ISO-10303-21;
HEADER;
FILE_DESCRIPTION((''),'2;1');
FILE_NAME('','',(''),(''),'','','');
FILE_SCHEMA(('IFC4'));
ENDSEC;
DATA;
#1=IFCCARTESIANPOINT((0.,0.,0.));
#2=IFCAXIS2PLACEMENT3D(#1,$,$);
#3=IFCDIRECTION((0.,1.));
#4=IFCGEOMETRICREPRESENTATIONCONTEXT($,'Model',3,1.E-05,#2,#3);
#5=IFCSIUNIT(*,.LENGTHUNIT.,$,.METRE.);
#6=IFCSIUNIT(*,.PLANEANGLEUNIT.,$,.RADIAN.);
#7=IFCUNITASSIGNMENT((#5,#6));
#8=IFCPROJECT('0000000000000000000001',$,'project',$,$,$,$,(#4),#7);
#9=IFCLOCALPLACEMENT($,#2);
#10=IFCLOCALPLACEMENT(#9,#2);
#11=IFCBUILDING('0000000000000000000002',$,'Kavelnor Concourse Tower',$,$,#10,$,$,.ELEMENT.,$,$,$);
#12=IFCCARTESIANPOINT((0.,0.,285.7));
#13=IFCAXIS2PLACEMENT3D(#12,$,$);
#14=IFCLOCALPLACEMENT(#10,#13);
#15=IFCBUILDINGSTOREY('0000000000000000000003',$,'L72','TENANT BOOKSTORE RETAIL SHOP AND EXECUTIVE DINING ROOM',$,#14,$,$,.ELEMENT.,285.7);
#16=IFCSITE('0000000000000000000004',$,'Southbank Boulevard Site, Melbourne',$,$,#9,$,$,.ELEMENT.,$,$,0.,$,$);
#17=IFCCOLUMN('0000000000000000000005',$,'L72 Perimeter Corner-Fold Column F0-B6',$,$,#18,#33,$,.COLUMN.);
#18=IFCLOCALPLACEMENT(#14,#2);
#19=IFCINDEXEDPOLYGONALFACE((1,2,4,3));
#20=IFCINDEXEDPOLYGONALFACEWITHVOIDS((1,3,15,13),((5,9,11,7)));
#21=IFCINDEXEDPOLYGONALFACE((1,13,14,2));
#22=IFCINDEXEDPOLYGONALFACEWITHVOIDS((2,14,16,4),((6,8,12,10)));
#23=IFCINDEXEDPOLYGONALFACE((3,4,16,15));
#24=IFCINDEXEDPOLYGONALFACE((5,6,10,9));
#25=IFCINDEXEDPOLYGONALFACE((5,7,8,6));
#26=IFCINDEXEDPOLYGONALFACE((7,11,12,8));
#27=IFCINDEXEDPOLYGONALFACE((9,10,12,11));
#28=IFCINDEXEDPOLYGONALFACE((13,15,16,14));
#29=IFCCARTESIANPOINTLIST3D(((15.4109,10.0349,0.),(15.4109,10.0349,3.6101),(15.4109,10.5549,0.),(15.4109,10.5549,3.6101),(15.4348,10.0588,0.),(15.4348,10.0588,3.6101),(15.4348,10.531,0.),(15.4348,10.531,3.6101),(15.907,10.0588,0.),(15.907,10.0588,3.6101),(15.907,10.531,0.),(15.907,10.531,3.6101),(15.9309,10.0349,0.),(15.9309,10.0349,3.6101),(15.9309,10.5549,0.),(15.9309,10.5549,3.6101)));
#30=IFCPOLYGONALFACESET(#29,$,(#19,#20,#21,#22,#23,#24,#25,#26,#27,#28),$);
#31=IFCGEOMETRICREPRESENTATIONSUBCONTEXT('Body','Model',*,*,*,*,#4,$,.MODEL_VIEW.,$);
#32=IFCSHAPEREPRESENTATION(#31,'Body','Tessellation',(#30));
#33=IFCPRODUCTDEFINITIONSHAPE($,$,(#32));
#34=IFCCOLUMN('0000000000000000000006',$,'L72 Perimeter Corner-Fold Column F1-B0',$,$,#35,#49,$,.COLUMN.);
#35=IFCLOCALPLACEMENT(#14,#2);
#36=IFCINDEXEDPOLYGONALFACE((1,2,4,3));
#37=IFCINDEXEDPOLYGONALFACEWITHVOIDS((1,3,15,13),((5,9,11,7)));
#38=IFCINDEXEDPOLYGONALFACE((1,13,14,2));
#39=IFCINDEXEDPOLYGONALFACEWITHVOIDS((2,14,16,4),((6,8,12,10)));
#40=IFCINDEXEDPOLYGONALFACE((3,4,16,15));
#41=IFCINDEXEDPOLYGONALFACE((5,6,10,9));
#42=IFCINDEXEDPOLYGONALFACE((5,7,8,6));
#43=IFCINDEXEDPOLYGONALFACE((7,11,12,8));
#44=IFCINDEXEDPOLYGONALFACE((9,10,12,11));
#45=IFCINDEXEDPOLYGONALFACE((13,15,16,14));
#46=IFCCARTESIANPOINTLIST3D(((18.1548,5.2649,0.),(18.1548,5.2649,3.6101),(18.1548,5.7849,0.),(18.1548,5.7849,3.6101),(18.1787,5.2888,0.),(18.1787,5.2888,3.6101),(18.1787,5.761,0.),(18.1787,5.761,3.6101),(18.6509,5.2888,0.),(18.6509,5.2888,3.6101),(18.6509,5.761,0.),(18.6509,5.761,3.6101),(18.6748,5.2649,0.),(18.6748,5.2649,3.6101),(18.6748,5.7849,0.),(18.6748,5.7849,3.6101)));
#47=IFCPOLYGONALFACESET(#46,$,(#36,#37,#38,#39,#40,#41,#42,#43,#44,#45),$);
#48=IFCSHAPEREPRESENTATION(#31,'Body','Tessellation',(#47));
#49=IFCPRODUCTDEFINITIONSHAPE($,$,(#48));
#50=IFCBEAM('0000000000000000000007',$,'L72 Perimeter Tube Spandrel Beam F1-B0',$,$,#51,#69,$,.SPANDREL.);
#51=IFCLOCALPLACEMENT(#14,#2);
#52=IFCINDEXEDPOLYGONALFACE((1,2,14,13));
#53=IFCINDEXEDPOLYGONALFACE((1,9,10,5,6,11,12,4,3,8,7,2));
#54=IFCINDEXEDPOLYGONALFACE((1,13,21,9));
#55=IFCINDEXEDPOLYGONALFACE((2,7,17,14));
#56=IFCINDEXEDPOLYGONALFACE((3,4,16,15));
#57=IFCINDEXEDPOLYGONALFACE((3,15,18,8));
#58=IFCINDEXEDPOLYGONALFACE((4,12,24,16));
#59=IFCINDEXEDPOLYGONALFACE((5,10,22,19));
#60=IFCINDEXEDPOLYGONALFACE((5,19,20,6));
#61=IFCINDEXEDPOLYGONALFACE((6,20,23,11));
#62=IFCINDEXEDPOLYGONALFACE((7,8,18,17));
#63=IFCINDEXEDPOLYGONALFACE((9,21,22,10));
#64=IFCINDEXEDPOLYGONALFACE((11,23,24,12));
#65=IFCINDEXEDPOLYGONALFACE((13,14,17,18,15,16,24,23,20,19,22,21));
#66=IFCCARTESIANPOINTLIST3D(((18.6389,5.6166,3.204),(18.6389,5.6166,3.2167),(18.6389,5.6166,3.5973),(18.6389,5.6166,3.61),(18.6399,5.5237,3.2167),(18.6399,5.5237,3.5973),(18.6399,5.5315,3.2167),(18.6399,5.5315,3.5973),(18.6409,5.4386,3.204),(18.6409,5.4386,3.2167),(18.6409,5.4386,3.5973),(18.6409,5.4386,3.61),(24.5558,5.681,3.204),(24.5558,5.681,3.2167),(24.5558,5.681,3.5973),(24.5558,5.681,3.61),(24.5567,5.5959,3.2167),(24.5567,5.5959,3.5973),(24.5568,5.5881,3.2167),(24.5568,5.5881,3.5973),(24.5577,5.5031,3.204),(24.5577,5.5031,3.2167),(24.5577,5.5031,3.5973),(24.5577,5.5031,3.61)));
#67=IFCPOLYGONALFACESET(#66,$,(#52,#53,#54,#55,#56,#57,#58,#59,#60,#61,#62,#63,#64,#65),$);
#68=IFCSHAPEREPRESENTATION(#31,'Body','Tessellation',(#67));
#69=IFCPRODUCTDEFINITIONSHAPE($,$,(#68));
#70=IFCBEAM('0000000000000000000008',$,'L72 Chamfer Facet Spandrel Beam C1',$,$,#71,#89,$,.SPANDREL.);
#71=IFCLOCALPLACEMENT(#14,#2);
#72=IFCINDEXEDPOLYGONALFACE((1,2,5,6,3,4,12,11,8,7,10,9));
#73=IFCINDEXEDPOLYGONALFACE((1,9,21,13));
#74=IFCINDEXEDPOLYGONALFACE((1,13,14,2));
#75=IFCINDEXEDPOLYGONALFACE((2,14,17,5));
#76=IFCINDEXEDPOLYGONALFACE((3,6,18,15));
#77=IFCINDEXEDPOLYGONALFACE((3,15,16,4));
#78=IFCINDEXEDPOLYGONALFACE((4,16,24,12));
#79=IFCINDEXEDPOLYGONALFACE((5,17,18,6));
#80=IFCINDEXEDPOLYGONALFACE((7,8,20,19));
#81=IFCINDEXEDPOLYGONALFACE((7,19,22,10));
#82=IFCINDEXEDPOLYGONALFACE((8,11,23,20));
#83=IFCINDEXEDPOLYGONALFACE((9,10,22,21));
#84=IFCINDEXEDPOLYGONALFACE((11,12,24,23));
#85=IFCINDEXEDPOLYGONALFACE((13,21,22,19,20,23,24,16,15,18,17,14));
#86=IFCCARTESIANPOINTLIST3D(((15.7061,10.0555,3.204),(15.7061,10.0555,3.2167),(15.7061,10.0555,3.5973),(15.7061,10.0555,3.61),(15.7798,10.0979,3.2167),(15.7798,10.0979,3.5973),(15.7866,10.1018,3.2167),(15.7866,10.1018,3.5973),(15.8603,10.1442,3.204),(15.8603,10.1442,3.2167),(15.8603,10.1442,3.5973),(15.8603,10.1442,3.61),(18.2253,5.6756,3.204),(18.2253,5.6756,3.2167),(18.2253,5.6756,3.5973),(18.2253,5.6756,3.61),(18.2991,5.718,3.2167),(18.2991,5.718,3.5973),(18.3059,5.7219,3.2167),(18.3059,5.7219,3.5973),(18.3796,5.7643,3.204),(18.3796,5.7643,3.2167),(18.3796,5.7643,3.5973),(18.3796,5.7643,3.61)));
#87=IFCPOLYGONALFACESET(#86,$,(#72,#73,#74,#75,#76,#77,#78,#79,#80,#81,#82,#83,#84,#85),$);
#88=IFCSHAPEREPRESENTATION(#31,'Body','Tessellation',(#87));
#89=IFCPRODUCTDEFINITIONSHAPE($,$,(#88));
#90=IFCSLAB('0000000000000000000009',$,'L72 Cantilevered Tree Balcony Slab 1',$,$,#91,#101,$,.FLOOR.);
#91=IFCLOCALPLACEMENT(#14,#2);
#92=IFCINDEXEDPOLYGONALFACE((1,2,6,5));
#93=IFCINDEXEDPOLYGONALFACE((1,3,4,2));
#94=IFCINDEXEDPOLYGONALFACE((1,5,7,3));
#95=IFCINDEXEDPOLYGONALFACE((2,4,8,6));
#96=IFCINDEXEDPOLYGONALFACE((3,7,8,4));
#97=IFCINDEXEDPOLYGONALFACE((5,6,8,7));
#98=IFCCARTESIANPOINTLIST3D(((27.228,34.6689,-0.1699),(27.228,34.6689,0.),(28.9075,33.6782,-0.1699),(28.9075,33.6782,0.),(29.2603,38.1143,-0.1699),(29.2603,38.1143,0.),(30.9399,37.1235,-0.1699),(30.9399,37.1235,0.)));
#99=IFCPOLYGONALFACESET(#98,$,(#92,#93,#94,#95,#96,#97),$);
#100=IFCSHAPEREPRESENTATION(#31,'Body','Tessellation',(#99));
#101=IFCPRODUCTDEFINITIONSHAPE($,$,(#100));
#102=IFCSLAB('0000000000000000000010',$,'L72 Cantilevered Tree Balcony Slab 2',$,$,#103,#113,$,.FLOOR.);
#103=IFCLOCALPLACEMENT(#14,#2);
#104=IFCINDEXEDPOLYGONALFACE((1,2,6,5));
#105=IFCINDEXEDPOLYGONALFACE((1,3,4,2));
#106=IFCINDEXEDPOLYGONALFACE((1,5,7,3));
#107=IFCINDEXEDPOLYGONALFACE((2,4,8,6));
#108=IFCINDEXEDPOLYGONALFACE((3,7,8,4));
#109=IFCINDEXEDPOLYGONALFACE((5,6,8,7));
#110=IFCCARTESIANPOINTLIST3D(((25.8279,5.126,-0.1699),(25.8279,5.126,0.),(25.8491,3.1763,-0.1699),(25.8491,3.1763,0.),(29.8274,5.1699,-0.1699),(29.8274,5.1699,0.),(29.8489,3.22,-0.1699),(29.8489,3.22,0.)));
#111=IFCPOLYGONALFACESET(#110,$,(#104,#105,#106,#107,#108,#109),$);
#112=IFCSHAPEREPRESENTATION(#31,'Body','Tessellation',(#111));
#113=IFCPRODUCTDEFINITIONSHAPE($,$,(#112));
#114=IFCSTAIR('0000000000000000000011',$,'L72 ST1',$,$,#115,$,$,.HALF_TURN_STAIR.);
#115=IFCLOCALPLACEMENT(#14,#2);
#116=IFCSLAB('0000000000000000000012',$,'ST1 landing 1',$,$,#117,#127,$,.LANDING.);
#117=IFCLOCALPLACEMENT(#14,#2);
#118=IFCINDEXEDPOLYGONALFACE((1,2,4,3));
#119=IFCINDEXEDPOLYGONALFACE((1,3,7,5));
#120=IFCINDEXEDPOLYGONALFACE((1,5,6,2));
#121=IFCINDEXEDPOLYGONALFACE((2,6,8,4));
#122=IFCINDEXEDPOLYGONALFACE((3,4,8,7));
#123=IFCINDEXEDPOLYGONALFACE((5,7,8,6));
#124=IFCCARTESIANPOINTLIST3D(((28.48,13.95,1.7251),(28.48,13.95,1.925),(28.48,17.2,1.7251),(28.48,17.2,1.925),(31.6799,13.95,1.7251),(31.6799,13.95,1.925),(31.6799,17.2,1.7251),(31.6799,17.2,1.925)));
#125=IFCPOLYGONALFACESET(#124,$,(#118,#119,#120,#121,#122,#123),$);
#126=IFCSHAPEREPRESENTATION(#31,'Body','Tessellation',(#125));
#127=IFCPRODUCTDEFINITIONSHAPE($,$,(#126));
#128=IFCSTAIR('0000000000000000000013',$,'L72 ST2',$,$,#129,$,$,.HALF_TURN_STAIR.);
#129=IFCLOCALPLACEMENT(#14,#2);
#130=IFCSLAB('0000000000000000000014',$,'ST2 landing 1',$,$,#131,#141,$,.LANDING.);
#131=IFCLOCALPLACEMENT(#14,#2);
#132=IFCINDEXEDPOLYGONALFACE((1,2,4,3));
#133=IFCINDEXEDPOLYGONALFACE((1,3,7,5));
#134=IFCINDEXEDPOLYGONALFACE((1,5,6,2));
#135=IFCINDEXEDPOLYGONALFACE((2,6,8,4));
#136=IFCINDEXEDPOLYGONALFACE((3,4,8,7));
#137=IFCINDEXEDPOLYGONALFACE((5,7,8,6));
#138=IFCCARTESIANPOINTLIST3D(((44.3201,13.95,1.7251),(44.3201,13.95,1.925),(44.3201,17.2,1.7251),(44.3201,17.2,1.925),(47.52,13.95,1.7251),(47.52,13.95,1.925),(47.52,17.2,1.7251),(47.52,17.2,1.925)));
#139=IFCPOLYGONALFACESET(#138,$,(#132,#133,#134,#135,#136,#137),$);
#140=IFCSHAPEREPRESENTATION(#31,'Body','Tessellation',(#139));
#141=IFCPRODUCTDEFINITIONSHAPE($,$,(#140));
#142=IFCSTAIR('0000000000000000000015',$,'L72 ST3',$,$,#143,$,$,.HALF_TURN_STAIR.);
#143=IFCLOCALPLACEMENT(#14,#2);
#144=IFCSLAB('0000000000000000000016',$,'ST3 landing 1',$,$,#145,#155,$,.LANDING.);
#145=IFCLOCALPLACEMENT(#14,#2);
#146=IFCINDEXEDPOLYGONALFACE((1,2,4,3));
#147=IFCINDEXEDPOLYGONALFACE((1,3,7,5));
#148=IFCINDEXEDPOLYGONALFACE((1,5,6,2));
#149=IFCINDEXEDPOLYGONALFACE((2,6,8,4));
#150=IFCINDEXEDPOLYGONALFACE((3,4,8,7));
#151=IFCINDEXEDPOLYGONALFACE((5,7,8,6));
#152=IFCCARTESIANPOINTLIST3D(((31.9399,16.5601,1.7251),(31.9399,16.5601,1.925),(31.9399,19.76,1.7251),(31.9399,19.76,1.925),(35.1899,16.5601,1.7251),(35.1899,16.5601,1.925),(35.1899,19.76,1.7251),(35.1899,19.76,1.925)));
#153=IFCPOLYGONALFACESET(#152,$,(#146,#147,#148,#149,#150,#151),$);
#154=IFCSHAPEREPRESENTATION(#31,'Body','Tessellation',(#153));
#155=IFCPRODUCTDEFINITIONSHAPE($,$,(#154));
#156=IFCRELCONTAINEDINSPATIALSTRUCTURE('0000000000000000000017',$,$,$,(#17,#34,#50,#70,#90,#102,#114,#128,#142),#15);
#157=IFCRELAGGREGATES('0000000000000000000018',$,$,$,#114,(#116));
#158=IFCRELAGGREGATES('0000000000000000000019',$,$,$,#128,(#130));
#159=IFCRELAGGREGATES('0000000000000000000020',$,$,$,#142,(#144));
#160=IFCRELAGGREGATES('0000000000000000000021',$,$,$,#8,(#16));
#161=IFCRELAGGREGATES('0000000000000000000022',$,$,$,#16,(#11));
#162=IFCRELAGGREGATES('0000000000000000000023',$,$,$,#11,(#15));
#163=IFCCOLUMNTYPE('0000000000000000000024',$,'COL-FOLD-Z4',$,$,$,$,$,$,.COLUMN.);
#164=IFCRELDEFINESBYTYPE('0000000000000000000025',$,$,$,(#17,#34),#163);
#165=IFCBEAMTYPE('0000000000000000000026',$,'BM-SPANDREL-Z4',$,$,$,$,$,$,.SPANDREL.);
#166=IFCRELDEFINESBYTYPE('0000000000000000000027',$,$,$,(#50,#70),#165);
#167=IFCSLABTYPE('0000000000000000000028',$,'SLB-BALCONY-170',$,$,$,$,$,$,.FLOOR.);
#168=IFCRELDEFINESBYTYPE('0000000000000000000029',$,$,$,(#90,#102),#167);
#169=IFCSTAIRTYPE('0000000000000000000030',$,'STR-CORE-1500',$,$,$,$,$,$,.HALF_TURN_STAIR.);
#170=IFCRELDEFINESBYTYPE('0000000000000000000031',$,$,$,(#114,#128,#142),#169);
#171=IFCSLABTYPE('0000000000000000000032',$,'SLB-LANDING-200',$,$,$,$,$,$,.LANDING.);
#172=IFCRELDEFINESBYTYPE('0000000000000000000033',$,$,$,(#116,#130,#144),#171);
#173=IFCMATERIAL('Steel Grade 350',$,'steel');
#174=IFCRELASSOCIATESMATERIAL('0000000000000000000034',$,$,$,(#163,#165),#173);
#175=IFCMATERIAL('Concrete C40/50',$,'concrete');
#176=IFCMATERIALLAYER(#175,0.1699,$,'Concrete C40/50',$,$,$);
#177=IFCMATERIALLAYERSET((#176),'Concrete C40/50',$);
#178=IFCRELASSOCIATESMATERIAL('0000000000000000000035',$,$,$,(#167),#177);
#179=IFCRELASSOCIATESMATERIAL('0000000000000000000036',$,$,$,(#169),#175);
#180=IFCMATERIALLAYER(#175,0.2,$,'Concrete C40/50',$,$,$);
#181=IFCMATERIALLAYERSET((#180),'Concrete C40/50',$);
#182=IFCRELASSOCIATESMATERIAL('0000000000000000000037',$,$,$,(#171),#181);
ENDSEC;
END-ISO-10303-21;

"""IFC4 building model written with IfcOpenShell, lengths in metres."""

from ifc_helpers import new_model, si_unit, direction, frame, origin, origin_2d, place, context, subcontext, project, spatial, polyline, hollow_rectangle, i_section, outline, extrude, material, layer, layer_set, material_profile, profile_set, type_object, element, aggregate, save


model = new_model("IFC4")

# Units and contexts
model_context = context("Model", 3, precision=1e-05, world=origin(), true_north=direction((0.0, 1.0)))
body_context = subcontext(model_context, "Body", "Model", "MODEL_VIEW")
ifc_project = project(units=[si_unit("LENGTHUNIT", "METRE"), si_unit("PLANEANGLEUNIT", "RADIAN")], contexts=[model_context])

# Site, building, storey
site_placement = place(None, origin())
site = spatial("IfcSite", under=ifc_project, at=site_placement, Name="Southbank Boulevard Site, Melbourne", CompositionType="ELEMENT", RefElevation=0.0)
building_placement = place(site_placement, origin())
building = spatial("IfcBuilding", under=site, at=building_placement, Name="Kavelnor Concourse Tower", CompositionType="ELEMENT")
storey_placement = place(building_placement, frame((0.0, 0.0, 285.7)))
storey = spatial("IfcBuildingStorey", under=building, at=storey_placement, Name="L72", Description="TENANT BOOKSTORE RETAIL SHOP AND EXECUTIVE DINING ROOM", CompositionType="ELEMENT", Elevation=285.7)

# Columns
ifc_material_1 = material(Name="Steel Grade 350", Category="steel")
ifc_material_profile_1 = material_profile(ifc_material_1, hollow_rectangle(XDim=0.52, YDim=0.52, WallThickness=0.0239, at=origin_2d()), Name="SHS 520x520x24")
ifc_profile_set_1 = profile_set([ifc_material_profile_1], Name="Steel Grade 350")
column_type = type_object("IfcColumnType", Name="COL-FOLD-Z4", PredefinedType="COLUMN", material=ifc_profile_set_1)
for number, where, z_axis, x_axis, name in (
    (1, (15.6709, 10.2949, 0.0), (0.0, 0.0, 1.0), (1.0, 0.0, 0.0), "L72 Perimeter Corner-Fold Column F0-B6"),
    (2, (18.4148, 5.5249, 0.0), (0.0, 0.0, 1.0), (1.0, 0.0, 0.0), "L72 Perimeter Corner-Fold Column F1-B0"),
):
    element("IfcColumn", number, at=place(storey_placement, frame(where, z_axis=z_axis, x_axis=x_axis)), inside=storey, type_object=column_type, Name=name, PredefinedType="COLUMN", context=body_context, shape_type="SweptSolid", body=[
        extrude(hollow_rectangle(XDim=0.52, YDim=0.52, WallThickness=0.0239, at=origin_2d()), origin(), (0.0, 0.0, 1.0), 3.6101),
    ])

# Beams
ifc_material_profile_2 = material_profile(ifc_material_1, i_section(OverallWidth=0.178, OverallDepth=0.406, WebThickness=0.0078, FlangeThickness=0.0127, at=origin_2d()), Name="410UB59")
ifc_profile_set_2 = profile_set([ifc_material_profile_2], Name="Steel Grade 350")
beam_type = type_object("IfcBeamType", Name="BM-SPANDREL-Z4", PredefinedType="SPANDREL", material=ifc_profile_set_2)
beam_1_placement = place(storey_placement, frame((18.6399, 5.5276, 3.407), z_axis=(0.999941, 0.010892, 0.0), x_axis=(-0.010892, 0.999941, 0.0)))
element("IfcBeam", 3, at=beam_1_placement, inside=storey, type_object=beam_type, Name="L72 Perimeter Tube Spandrel Beam F1-B0", PredefinedType="SPANDREL", context=body_context, shape_type="SweptSolid", body=[
    extrude(i_section(OverallWidth=0.178, OverallDepth=0.406, WebThickness=0.0078, FlangeThickness=0.0127, at=origin_2d()), origin(), (0.0, 0.0, 1.0), 5.9172),
])
beam_2_placement = place(storey_placement, frame((15.7832, 10.0999, 3.407), z_axis=(0.498598, -0.866833, 0.0), x_axis=(0.866833, 0.498598, 0.0)))
element("IfcBeam", 4, at=beam_2_placement, inside=storey, type_object=beam_type, Name="L72 Chamfer Facet Spandrel Beam C1", PredefinedType="SPANDREL", context=body_context, shape_type="SweptSolid", body=[
    extrude(i_section(OverallWidth=0.178, OverallDepth=0.406, WebThickness=0.0078, FlangeThickness=0.0127, at=origin_2d()), origin(), (0.0, 0.0, 1.0), 5.0527),
])

# Slabs
ifc_material_2 = material(Name="Concrete C40/50", Category="concrete")
ifc_layer_1 = layer(ifc_material_2, 0.1699, Name="Concrete C40/50")
ifc_layer_set_1 = layer_set([ifc_layer_1], Name="Concrete C40/50")
slab_type_1 = type_object("IfcSlabType", Name="SLB-BALCONY-170", PredefinedType="FLOOR", material=ifc_layer_set_1)
slab_1_placement = place(storey_placement, frame((0.0, 0.0, -0.1699)))
element("IfcSlab", 5, at=slab_1_placement, inside=storey, type_object=slab_type_1, Name="L72 Cantilevered Tree Balcony Slab 1", PredefinedType="FLOOR", context=body_context, shape_type="SweptSolid", body=[
    extrude(outline(polyline([(27.228, 34.6689), (29.2603, 38.1143), (30.9399, 37.1235), (28.9075, 33.6782), (27.228, 34.6689)])), origin(), (0.0, 0.0, 1.0), 0.1699),
])
slab_2_placement = place(storey_placement, frame((0.0, 0.0, -0.1699)))
element("IfcSlab", 6, at=slab_2_placement, inside=storey, type_object=slab_type_1, Name="L72 Cantilevered Tree Balcony Slab 2", PredefinedType="FLOOR", context=body_context, shape_type="SweptSolid", body=[
    extrude(outline(polyline([(29.8489, 3.22), (25.8491, 3.1763), (25.8279, 5.126), (29.8274, 5.1699), (29.8489, 3.22)])), origin(), (0.0, 0.0, 1.0), 0.1699),
])

# Stairs, slabs
stair_type = type_object("IfcStairType", Name="STR-CORE-1500", PredefinedType="HALF_TURN_STAIR", material=ifc_material_2)
stair_1_placement = place(storey_placement, origin())
stair_1 = element("IfcStair", 7, at=stair_1_placement, inside=storey, type_object=stair_type, Name="L72 ST1", PredefinedType="HALF_TURN_STAIR")
ifc_layer_2 = layer(ifc_material_2, 0.2, Name="Concrete C40/50")
ifc_layer_set_2 = layer_set([ifc_layer_2], Name="Concrete C40/50")
slab_type_2 = type_object("IfcSlabType", Name="SLB-LANDING-200", PredefinedType="LANDING", material=ifc_layer_set_2)
slab_3_placement = place(storey_placement, frame((0.0, 0.0, 1.7251)))
slab_3 = element("IfcSlab", 8, at=slab_3_placement, type_object=slab_type_2, Name="ST1 landing 1", PredefinedType="LANDING", context=body_context, shape_type="SweptSolid", body=[
    extrude(outline(polyline([(31.6799, 13.95), (31.6799, 17.2), (28.48, 17.2), (28.48, 13.95), (31.6799, 13.95)])), origin(), (0.0, 0.0, 1.0), 0.2),
])
aggregate(stair_1, [slab_3])
stair_2_placement = place(storey_placement, origin())
stair_2 = element("IfcStair", 9, at=stair_2_placement, inside=storey, type_object=stair_type, Name="L72 ST2", PredefinedType="HALF_TURN_STAIR")
slab_4_placement = place(storey_placement, frame((0.0, 0.0, 1.7251)))
slab_4 = element("IfcSlab", 10, at=slab_4_placement, type_object=slab_type_2, Name="ST2 landing 1", PredefinedType="LANDING", context=body_context, shape_type="SweptSolid", body=[
    extrude(outline(polyline([(47.52, 13.95), (47.52, 17.2), (44.3201, 17.2), (44.3201, 13.95), (47.52, 13.95)])), origin(), (0.0, 0.0, 1.0), 0.2),
])
aggregate(stair_2, [slab_4])
stair_3_placement = place(storey_placement, origin())
stair_3 = element("IfcStair", 11, at=stair_3_placement, inside=storey, type_object=stair_type, Name="L72 ST3", PredefinedType="HALF_TURN_STAIR")
slab_5_placement = place(storey_placement, frame((0.0, 0.0, 1.7251)))
slab_5 = element("IfcSlab", 12, at=slab_5_placement, type_object=slab_type_2, Name="ST3 landing 1", PredefinedType="LANDING", context=body_context, shape_type="SweptSolid", body=[
    extrude(outline(polyline([(35.1899, 19.76), (31.9399, 19.76), (31.9399, 16.5601), (35.1899, 16.5601), (35.1899, 19.76)])), origin(), (0.0, 0.0, 1.0), 0.2),
])
aggregate(stair_3, [slab_5])

save(model, "model.ifc")
